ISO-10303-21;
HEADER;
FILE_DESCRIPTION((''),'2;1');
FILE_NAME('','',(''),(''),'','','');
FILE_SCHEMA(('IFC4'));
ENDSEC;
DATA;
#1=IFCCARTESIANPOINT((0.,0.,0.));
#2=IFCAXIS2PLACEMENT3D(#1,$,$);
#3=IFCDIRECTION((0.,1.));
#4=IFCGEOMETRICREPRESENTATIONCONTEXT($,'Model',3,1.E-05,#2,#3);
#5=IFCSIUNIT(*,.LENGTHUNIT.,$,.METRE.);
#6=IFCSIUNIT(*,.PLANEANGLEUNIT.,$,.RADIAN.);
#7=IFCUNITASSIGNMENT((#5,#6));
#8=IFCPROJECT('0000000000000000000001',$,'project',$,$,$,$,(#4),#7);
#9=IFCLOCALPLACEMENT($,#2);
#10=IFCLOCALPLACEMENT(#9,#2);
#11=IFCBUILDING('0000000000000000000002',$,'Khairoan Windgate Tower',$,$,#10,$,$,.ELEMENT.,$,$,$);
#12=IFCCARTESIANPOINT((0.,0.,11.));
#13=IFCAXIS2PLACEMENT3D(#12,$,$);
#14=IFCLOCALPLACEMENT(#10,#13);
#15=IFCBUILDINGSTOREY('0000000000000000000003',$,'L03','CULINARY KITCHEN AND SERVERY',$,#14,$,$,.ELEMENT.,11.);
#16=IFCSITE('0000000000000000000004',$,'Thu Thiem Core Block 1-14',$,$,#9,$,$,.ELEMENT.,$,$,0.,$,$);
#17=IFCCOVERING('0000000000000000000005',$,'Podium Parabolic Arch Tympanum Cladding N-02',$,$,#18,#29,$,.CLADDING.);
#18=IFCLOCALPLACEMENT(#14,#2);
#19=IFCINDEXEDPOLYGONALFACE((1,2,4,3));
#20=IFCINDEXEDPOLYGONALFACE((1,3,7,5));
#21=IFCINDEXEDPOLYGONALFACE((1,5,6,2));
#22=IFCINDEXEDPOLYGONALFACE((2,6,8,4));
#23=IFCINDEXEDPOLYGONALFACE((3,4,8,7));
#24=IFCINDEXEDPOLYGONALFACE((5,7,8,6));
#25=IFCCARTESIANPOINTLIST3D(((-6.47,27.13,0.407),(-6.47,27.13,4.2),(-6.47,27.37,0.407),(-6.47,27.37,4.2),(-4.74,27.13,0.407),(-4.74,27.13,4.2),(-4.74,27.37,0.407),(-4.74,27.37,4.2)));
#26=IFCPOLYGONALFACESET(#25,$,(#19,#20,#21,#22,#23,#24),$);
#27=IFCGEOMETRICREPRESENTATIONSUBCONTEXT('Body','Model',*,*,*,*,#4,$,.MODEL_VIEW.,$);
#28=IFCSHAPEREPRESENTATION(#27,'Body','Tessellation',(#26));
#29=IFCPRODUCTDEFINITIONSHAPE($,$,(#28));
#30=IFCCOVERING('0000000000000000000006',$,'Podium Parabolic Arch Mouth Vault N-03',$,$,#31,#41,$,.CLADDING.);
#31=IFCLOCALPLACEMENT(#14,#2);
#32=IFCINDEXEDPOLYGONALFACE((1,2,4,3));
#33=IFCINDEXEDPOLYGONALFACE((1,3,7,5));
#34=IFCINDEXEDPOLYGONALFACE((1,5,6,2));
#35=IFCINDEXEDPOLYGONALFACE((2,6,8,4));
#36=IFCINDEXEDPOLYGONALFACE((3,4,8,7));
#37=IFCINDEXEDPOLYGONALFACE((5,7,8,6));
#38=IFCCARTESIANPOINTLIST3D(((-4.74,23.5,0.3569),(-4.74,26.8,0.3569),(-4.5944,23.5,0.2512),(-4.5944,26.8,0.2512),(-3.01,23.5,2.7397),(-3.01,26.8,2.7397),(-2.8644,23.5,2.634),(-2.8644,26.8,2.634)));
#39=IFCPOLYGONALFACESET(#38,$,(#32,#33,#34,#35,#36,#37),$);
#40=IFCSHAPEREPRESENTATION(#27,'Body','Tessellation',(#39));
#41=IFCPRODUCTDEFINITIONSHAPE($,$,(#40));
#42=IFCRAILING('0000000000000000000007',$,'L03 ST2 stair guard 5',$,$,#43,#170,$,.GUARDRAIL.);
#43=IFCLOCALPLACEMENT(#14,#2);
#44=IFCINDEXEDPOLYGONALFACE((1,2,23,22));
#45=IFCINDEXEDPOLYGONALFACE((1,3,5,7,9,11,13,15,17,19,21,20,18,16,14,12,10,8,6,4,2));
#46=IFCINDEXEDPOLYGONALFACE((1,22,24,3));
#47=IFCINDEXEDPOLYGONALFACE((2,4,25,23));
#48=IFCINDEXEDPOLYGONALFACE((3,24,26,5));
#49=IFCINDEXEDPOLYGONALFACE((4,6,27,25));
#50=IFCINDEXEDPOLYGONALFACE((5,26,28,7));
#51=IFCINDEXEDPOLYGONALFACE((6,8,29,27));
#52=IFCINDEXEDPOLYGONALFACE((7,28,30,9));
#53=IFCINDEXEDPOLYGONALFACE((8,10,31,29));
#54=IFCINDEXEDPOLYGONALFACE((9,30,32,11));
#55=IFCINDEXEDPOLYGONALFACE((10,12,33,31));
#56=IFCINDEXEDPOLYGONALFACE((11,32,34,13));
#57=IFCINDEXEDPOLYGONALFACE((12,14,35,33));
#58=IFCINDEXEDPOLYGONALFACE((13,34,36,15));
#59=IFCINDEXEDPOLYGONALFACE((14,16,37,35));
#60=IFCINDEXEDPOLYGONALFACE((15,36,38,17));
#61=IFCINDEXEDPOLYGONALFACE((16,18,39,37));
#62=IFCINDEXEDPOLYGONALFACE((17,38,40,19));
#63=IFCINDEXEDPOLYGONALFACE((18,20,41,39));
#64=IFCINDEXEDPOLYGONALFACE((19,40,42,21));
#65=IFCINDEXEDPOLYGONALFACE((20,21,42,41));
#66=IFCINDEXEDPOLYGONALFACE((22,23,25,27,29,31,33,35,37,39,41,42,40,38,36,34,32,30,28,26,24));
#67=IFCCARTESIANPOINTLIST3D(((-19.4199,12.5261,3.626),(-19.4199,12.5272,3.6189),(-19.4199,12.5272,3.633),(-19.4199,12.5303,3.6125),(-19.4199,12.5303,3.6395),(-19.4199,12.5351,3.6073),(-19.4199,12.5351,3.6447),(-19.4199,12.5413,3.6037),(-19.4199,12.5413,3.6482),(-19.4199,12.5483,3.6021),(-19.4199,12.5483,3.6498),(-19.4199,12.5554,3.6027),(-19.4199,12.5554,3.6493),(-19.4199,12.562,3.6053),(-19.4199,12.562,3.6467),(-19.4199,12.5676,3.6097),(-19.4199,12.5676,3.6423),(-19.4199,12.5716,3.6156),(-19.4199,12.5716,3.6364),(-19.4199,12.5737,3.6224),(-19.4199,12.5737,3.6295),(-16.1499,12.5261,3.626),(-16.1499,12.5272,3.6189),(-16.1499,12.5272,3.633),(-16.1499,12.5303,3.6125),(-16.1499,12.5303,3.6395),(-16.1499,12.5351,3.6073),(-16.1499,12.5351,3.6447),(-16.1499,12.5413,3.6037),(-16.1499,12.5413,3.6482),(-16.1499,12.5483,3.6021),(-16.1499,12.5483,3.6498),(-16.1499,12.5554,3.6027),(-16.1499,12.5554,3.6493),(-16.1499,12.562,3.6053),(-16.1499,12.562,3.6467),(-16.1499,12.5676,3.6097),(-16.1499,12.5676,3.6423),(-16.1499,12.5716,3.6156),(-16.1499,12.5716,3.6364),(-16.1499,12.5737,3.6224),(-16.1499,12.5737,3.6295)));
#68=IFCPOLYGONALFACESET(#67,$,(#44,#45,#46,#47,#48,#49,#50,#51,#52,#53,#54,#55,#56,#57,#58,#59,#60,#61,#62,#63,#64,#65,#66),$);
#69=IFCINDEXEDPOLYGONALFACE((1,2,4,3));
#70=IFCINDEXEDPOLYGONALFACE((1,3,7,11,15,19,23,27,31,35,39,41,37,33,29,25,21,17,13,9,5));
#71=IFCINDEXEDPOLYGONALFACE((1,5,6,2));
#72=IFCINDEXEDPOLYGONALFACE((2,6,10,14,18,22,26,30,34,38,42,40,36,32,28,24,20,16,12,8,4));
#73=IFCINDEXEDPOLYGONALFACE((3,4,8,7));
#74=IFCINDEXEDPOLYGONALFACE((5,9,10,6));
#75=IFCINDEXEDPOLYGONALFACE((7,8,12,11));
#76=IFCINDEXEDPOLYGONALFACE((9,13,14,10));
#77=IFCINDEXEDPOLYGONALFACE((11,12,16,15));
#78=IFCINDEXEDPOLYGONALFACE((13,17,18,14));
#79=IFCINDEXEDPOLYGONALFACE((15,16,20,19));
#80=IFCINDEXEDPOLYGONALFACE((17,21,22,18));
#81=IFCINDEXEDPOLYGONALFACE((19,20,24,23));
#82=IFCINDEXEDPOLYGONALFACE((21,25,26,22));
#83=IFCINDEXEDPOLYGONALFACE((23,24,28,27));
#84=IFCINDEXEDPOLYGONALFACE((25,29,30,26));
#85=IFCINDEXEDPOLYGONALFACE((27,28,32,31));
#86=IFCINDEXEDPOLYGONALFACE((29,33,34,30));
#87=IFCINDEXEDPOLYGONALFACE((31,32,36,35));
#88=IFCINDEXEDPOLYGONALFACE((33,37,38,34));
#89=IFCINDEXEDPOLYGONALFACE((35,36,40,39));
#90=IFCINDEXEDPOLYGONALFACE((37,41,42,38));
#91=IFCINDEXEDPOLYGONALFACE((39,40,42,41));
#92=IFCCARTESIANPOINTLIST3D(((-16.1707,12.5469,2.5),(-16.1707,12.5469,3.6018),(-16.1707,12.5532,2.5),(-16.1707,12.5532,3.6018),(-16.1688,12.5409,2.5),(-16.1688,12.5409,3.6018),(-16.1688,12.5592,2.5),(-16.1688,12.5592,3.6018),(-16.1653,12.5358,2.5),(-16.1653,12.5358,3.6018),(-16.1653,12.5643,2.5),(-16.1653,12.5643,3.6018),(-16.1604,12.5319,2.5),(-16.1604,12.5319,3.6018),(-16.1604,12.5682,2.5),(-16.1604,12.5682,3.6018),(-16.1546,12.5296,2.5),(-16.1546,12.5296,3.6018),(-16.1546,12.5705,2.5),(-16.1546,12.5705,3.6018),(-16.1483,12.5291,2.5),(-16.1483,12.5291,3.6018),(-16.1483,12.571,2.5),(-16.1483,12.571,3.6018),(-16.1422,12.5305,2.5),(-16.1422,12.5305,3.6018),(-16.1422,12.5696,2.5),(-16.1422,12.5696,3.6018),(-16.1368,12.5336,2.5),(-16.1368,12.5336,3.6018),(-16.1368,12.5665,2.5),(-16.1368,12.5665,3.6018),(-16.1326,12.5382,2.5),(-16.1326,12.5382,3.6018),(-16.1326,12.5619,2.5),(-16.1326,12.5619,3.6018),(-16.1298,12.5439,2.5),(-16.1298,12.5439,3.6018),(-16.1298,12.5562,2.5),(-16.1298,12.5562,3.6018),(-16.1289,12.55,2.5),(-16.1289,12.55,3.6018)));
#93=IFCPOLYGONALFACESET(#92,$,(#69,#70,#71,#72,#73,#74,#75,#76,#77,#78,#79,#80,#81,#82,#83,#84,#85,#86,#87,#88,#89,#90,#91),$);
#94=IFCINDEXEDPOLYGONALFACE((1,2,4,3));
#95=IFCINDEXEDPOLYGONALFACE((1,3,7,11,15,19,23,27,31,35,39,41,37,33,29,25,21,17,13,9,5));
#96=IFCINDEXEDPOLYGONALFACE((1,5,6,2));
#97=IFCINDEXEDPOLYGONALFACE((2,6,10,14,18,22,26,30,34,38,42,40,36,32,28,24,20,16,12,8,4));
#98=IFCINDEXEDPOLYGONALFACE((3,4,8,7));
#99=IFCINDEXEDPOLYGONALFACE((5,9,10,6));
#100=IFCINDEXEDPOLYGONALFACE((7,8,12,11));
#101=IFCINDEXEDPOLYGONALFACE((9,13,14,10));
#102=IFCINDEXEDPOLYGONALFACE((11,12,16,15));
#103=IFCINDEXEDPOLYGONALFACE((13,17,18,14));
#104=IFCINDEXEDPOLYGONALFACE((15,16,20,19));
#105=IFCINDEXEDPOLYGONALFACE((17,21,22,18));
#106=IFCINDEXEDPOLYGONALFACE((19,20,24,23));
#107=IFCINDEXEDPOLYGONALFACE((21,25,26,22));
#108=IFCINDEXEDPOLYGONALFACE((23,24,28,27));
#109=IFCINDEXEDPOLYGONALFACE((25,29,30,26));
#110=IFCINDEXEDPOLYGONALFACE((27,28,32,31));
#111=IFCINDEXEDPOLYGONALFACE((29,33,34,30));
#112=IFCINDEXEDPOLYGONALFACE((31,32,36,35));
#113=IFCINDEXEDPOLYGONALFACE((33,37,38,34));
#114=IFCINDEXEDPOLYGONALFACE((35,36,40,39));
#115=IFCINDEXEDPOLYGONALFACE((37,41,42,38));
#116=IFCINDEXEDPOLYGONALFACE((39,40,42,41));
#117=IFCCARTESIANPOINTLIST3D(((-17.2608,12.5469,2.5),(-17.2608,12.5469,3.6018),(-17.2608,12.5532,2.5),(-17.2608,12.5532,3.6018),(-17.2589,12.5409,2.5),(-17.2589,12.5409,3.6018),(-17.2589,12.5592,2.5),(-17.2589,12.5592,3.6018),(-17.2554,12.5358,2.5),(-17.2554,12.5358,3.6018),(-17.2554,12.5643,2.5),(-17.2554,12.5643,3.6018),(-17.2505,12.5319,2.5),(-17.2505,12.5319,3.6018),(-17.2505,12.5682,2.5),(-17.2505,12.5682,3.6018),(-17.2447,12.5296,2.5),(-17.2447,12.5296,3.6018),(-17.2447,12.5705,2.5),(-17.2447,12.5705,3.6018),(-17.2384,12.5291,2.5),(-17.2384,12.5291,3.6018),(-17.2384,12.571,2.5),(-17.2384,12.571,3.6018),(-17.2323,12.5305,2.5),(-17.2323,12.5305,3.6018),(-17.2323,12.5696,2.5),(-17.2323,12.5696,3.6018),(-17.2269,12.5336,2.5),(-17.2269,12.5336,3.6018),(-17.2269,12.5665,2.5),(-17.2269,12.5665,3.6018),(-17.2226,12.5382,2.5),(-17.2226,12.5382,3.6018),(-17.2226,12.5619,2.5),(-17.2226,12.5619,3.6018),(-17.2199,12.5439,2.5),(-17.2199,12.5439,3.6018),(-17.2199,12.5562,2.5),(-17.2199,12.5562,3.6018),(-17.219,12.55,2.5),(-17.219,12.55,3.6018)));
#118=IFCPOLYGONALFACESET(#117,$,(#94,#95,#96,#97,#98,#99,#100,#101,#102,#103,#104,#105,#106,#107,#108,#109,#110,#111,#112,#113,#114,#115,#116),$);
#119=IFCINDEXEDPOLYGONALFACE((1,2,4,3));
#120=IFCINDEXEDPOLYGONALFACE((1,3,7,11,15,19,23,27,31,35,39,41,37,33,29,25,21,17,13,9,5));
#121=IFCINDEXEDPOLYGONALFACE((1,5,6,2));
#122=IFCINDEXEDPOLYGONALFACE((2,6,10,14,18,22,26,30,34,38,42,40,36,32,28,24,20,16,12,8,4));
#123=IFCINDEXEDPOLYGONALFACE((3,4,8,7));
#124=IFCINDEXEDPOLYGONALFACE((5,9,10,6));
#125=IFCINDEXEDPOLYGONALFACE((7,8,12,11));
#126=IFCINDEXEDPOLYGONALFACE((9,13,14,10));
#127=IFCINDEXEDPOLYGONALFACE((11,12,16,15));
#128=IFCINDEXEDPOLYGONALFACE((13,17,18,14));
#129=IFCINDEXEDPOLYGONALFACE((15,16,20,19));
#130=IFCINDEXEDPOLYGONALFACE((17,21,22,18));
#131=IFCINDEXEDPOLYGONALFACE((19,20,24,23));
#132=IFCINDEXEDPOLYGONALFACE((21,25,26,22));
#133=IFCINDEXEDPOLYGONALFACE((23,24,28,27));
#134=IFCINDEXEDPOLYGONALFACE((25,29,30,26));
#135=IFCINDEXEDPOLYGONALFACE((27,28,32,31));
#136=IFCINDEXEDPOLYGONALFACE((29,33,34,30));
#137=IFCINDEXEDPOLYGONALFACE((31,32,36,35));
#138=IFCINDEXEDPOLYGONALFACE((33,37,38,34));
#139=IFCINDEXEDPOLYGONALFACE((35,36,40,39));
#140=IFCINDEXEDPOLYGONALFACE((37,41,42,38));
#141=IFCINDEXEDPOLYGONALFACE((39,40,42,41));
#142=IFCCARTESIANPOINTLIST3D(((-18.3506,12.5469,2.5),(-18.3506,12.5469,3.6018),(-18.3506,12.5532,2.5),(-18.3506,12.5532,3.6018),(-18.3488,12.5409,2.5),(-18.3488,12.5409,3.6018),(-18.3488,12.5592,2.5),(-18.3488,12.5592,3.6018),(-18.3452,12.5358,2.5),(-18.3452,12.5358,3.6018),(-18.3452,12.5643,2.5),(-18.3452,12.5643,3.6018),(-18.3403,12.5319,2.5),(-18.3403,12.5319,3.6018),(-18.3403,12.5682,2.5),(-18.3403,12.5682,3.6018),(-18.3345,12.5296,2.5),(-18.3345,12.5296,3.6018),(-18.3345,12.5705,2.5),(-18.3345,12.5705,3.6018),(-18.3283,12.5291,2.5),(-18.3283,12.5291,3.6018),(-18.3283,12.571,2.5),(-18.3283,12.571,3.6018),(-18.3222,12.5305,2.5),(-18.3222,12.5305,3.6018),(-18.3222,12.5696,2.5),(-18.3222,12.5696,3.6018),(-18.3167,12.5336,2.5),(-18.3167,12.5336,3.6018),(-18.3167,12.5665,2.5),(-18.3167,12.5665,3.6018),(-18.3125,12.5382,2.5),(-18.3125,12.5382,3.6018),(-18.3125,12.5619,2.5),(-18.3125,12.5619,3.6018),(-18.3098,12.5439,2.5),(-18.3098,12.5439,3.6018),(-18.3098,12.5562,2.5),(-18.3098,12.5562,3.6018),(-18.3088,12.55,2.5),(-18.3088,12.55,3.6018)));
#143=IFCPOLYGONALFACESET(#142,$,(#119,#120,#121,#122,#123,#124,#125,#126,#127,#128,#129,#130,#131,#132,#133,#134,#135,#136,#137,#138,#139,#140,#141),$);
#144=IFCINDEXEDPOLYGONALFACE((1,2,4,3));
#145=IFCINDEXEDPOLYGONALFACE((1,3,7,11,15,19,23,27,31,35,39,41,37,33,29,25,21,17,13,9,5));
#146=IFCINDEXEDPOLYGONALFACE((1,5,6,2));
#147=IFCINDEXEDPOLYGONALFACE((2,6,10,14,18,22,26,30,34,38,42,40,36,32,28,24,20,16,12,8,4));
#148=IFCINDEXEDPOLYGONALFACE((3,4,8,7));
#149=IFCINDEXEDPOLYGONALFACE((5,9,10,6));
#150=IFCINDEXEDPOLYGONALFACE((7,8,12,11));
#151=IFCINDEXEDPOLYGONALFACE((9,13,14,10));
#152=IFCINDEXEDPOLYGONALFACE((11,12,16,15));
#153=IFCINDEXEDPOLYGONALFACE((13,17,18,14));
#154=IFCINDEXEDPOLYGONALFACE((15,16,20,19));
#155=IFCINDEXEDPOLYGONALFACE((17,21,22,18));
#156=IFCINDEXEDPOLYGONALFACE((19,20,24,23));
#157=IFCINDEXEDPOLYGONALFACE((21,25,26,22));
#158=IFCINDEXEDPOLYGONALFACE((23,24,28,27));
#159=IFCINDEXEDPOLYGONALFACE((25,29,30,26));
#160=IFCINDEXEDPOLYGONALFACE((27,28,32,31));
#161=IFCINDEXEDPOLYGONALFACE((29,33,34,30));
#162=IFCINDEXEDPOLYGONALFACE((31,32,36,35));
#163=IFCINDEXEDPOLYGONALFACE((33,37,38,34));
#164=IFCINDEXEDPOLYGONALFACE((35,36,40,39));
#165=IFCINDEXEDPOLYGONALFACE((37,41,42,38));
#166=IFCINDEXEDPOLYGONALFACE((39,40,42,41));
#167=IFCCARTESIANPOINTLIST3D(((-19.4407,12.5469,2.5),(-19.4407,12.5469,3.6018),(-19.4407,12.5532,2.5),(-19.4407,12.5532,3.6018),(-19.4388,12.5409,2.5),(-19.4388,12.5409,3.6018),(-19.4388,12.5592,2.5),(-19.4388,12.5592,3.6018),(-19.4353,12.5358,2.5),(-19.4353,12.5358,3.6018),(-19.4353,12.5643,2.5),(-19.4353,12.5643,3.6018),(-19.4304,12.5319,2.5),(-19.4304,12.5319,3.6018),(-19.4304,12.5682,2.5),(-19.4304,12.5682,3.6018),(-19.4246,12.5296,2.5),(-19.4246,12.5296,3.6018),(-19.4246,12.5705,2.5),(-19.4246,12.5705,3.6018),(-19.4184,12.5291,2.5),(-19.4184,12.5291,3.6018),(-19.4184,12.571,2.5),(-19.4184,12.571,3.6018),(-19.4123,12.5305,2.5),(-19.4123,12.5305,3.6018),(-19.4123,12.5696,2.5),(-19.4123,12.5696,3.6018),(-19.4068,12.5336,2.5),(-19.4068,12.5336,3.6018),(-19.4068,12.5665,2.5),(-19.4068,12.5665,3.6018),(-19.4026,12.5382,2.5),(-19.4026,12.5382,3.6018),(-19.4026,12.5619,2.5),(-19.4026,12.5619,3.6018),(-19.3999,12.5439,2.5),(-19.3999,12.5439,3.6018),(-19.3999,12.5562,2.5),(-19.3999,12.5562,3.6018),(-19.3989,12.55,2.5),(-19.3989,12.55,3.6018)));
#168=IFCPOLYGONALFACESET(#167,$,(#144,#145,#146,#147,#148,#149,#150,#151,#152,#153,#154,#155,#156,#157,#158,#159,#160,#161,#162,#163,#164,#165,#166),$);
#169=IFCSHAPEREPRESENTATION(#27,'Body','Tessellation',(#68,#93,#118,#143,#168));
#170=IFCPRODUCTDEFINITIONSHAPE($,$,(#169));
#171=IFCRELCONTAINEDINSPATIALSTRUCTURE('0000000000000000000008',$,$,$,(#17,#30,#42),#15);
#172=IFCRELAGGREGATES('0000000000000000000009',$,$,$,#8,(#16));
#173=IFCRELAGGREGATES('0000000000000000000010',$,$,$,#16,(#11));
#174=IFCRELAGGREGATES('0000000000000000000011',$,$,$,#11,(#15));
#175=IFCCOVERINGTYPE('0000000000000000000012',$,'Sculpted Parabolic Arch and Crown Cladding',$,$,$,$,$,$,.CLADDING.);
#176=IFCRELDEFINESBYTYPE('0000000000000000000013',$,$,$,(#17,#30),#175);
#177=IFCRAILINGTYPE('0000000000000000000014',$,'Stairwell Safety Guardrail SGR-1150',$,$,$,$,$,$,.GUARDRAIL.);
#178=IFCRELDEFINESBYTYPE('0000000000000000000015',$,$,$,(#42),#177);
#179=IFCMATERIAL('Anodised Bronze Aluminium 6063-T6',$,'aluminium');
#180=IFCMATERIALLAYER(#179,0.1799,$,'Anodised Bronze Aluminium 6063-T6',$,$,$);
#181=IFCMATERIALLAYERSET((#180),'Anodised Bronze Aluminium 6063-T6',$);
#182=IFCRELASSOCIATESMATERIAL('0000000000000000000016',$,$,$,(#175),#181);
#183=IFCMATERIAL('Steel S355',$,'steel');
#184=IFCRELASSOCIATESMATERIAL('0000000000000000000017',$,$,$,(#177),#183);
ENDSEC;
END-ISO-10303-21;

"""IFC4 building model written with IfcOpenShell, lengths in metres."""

from ifc_helpers import new_model, si_unit, direction, frame, origin, origin_2d, place, context, subcontext, project, spatial, polyline, rectangle, circle, outline, extrude, material, layer, layer_set, type_object, element, save


model = new_model("IFC4")

# Units and contexts
model_context = context("Model", 3, precision=1e-05, world=origin(), true_north=direction((0.0, 1.0)))
body_context = subcontext(model_context, "Body", "Model", "MODEL_VIEW")
ifc_project = project(units=[si_unit("LENGTHUNIT", "METRE"), si_unit("PLANEANGLEUNIT", "RADIAN")], contexts=[model_context])

# Site, building, storey
site_placement = place(None, origin())
site = spatial("IfcSite", under=ifc_project, at=site_placement, Name="Thu Thiem Core Block 1-14", CompositionType="ELEMENT", RefElevation=0.0)
building_placement = place(site_placement, origin())
building = spatial("IfcBuilding", under=site, at=building_placement, Name="Khairoan Windgate Tower", CompositionType="ELEMENT")
storey_placement = place(building_placement, frame((0.0, 0.0, 11.0)))
storey = spatial("IfcBuildingStorey", under=building, at=storey_placement, Name="L03", Description="CULINARY KITCHEN AND SERVERY", CompositionType="ELEMENT", Elevation=11.0)

# Coverings
ifc_material_1 = material(Name="Anodised Bronze Aluminium 6063-T6", Category="aluminium")
ifc_layer_1 = layer(ifc_material_1, 0.1799, Name="Anodised Bronze Aluminium 6063-T6")
ifc_layer_set_1 = layer_set([ifc_layer_1], Name="Anodised Bronze Aluminium 6063-T6")
covering_type_1 = type_object("IfcCoveringType", Name="Sculpted Parabolic Arch and Crown Cladding", PredefinedType="CLADDING", material=ifc_layer_set_1)
covering_1_placement = place(storey_placement, frame((-5.605, 27.25, 0.407), z_axis=(0.0, 0.0, 1.0), x_axis=(1.0, 0.0, 0.0)))
element("IfcCovering", 1, at=covering_1_placement, inside=storey, type_object=covering_type_1, Name="Podium Parabolic Arch Tympanum Cladding N-02", PredefinedType="CLADDING", context=body_context, shape_type="SweptSolid", body=[
    extrude(rectangle(XDim=1.73, YDim=0.24, at=origin_2d()), origin(), (0.0, 0.0, 1.0), 3.793),
])
covering_2_placement = place(storey_placement, frame((-4.74, 23.5, 0.3569), z_axis=(-0.809216, 0.0, 0.587511), x_axis=(0.587511, 0.0, 0.809216)))
element("IfcCovering", 2, at=covering_2_placement, inside=storey, type_object=covering_type_1, Name="Podium Parabolic Arch Mouth Vault N-03", PredefinedType="CLADDING", context=body_context, shape_type="SweptSolid", body=[
    extrude(outline(polyline([(0.0, 0.0), (2.9446, 0.0), (2.9446, 3.3), (0.0, 3.3), (0.0, 0.0)])), origin(), (0.0, 0.0, -1.0), 0.1799),
])

# Railing
ifc_material_2 = material(Name="Steel S355", Category="steel")
railing_type_1 = type_object("IfcRailingType", Name="Stairwell Safety Guardrail SGR-1150", PredefinedType="GUARDRAIL", material=ifc_material_2)
railing_1_placement = place(storey_placement, frame((-16.1499, 12.55, 2.5)))
element("IfcRailing", 3, at=railing_1_placement, inside=storey, type_object=railing_type_1, Name="L03 ST2 stair guard 5", PredefinedType="GUARDRAIL", context=body_context, shape_type="SweptSolid", body=[
    extrude(circle(Radius=0.0239, at=origin_2d()), frame((0.0, 0.0, 1.126), z_axis=(-1.0, 0.0, 0.0), x_axis=(0.0, -1.0, 0.0)), (0.0, 0.0, 1.0), 3.27),
    extrude(circle(Radius=0.021, at=origin_2d()), origin(), (0.0, 0.0, 1.0), 1.1018),
    extrude(circle(Radius=0.021, at=origin_2d()), frame((-1.0901, 0.0, 0.0)), (0.0, 0.0, 1.0), 1.1018),
    extrude(circle(Radius=0.021, at=origin_2d()), frame((-2.1799, 0.0, 0.0)), (0.0, 0.0, 1.0), 1.1018),
    extrude(circle(Radius=0.021, at=origin_2d()), frame((-3.27, 0.0, 0.0)), (0.0, 0.0, 1.0), 1.1018),
])

save(model, "model.ifc")
